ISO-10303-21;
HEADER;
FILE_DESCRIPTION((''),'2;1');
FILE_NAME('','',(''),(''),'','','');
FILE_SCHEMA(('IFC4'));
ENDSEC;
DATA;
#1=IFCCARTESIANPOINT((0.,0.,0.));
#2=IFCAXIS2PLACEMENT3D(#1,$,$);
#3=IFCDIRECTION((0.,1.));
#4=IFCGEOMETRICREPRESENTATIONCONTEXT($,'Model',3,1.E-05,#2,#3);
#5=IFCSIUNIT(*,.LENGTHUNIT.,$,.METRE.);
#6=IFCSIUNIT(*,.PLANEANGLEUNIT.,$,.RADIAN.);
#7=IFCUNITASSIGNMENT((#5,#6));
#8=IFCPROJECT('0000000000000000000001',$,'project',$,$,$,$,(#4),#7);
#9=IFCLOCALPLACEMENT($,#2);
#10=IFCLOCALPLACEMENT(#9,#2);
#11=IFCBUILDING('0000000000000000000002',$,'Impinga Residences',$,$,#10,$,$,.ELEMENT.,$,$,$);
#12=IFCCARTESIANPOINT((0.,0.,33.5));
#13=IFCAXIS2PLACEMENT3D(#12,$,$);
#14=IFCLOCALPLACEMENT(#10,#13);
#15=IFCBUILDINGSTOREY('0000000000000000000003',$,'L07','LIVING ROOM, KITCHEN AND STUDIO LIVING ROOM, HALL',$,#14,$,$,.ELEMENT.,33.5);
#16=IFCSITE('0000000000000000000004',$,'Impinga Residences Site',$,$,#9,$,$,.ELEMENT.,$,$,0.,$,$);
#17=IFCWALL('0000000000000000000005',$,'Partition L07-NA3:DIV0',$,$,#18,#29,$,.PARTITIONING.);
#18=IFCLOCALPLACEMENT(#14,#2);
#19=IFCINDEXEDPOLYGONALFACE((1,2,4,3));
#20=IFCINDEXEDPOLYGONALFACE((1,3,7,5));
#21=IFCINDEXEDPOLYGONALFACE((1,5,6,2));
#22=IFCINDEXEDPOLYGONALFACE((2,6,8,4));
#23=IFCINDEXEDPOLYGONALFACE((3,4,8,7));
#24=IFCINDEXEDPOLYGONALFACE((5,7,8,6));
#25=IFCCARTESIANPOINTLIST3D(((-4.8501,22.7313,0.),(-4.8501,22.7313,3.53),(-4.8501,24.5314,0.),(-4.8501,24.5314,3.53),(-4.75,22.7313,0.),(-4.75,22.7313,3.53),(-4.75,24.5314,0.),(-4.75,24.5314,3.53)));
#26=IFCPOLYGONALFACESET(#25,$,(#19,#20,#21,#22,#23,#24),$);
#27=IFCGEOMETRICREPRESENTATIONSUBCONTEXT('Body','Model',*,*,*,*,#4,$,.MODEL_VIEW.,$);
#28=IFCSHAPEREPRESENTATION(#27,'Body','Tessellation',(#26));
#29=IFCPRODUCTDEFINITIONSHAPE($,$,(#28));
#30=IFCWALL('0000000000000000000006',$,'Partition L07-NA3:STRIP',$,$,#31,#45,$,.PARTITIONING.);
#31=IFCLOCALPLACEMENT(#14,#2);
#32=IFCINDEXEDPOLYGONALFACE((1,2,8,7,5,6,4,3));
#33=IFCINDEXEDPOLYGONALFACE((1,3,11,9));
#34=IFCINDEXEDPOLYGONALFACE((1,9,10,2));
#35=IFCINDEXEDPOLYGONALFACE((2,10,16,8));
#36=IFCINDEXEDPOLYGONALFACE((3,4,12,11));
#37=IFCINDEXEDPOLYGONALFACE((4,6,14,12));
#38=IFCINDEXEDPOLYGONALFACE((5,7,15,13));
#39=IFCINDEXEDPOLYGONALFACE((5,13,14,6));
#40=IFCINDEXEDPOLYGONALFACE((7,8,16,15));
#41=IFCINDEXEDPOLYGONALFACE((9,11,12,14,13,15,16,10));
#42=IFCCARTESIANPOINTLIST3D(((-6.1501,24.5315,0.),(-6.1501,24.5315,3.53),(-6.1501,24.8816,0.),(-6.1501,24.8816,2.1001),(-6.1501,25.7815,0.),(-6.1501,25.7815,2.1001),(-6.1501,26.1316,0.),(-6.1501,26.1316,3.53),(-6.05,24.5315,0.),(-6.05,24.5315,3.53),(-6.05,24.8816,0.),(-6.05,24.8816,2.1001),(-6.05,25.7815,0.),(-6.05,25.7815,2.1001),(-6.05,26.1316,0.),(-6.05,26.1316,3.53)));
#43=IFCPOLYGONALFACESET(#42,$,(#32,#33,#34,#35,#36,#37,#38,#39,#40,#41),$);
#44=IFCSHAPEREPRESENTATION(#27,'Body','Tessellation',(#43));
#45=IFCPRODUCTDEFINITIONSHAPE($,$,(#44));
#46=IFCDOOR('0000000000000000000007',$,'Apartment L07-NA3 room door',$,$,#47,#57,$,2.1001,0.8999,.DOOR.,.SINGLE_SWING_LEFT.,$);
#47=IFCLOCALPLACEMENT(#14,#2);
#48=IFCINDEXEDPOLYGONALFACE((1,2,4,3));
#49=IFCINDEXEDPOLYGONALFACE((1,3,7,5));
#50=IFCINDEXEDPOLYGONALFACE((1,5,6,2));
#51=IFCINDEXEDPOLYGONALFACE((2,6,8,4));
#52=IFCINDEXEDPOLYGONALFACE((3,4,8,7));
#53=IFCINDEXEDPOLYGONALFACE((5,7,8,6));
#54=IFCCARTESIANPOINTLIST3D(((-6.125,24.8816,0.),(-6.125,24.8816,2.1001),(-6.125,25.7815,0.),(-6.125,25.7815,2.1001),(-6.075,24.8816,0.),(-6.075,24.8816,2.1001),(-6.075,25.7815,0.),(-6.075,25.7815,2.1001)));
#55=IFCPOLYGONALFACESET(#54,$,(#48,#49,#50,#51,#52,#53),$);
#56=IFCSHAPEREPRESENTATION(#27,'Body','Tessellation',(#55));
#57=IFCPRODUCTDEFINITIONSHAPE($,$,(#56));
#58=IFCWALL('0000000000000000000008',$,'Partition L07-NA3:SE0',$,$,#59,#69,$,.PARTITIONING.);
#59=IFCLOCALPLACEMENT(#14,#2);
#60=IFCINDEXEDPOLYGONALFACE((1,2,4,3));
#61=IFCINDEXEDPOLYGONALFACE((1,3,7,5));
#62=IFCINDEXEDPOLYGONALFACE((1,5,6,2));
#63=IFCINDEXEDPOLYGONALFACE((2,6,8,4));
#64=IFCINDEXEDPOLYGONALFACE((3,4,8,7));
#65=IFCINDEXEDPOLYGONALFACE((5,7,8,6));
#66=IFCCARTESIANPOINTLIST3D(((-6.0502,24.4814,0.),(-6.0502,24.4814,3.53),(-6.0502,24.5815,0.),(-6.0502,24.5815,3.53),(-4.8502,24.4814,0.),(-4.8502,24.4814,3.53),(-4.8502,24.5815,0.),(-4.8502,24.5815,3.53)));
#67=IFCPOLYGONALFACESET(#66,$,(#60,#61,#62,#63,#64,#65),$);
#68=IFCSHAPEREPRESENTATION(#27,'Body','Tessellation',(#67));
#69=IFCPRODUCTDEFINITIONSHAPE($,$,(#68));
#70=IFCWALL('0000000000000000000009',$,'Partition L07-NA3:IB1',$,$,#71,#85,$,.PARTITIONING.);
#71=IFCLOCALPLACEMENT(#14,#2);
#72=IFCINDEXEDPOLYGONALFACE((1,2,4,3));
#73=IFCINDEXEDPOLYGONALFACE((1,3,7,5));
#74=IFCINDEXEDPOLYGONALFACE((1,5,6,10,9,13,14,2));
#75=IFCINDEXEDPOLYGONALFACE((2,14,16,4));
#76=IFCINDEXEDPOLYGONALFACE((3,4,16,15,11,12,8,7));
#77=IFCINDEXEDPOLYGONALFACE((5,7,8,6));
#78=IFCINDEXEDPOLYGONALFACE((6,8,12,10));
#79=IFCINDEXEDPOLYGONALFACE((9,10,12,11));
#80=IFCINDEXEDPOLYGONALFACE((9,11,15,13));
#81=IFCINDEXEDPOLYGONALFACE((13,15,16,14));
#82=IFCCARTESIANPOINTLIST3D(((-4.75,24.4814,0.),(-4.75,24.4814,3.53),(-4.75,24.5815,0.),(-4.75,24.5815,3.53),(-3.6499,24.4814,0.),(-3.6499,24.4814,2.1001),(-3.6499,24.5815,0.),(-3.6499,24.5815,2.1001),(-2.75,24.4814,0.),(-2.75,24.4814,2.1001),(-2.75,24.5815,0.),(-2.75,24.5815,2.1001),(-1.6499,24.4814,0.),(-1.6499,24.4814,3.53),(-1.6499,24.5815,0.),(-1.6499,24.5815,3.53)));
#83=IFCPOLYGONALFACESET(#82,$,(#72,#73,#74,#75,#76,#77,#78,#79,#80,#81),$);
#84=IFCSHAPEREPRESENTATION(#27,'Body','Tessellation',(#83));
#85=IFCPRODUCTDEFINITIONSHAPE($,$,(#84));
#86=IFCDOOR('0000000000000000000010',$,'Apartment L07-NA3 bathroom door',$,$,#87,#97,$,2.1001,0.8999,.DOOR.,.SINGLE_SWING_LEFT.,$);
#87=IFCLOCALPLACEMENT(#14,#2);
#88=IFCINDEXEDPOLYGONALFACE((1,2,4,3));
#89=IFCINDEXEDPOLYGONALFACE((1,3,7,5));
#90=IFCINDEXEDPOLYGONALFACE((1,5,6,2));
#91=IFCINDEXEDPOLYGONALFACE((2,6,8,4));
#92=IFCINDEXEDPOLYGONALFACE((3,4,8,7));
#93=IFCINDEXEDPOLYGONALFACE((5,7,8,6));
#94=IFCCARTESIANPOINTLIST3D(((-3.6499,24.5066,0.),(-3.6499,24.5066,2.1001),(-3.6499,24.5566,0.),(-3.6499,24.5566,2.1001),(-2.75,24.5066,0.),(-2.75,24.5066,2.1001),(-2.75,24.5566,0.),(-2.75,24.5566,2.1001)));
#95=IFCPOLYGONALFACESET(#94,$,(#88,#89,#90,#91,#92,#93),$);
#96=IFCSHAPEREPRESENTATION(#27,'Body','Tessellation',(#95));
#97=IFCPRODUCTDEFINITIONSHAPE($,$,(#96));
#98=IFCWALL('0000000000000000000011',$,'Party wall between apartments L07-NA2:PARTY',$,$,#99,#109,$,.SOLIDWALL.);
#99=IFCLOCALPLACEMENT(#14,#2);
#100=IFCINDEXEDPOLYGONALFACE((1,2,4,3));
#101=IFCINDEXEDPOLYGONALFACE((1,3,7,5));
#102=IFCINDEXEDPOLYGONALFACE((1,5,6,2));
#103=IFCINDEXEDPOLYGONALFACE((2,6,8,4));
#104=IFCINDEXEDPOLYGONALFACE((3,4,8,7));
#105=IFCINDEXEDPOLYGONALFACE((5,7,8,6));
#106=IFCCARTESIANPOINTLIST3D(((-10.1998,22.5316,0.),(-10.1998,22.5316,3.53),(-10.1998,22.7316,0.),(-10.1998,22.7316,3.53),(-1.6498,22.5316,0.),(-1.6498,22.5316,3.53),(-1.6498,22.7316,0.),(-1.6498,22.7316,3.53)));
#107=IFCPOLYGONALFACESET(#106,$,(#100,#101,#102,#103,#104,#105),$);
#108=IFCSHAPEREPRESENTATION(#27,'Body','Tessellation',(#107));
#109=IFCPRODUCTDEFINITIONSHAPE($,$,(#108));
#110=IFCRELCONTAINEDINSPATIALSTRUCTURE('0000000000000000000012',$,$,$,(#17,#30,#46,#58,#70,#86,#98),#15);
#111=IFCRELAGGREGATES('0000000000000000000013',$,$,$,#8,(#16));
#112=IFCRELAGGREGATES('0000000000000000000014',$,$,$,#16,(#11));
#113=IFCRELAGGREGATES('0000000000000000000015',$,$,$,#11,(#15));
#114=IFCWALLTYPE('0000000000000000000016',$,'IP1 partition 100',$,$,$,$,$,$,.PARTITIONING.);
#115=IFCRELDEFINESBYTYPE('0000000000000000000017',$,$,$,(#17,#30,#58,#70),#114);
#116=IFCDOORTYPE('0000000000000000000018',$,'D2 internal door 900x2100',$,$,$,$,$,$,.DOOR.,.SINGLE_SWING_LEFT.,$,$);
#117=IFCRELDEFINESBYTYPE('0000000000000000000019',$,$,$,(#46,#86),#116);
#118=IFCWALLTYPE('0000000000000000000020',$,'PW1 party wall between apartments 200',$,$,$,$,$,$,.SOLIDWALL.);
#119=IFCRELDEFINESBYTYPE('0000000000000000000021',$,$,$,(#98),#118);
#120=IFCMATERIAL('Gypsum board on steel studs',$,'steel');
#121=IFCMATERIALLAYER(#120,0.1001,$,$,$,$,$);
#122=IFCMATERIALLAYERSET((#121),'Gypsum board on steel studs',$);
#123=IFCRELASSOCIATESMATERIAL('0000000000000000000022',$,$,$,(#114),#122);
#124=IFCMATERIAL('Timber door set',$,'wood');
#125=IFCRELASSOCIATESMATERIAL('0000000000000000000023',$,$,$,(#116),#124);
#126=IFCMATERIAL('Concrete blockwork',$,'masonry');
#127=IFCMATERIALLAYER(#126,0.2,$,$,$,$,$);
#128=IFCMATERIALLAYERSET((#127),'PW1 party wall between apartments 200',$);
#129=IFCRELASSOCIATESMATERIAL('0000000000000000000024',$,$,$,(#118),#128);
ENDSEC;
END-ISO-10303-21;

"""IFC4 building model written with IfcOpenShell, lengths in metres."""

from ifc_helpers import new_model, si_unit, direction, frame, frame_2d, origin, place, context, subcontext, project, spatial, rectangle, extrude, material, layer, layer_set, type_object, element, fill, save


model = new_model("IFC4")

# Units and contexts
model_context = context("Model", 3, precision=1e-05, world=origin(), true_north=direction((0.0, 1.0)))
body_context = subcontext(model_context, "Body", "Model", "MODEL_VIEW")
ifc_project = project(units=[si_unit("LENGTHUNIT", "METRE"), si_unit("PLANEANGLEUNIT", "RADIAN")], contexts=[model_context])

# Site, building, storey
site_placement = place(None, origin())
site = spatial("IfcSite", under=ifc_project, at=site_placement, Name="Impinga Residences Site", CompositionType="ELEMENT", RefElevation=0.0)
building_placement = place(site_placement, origin())
building = spatial("IfcBuilding", under=site, at=building_placement, Name="Impinga Residences", CompositionType="ELEMENT")
storey_placement = place(building_placement, frame((0.0, 0.0, 33.5)))
storey = spatial("IfcBuildingStorey", under=building, at=storey_placement, Name="L07", Description="LIVING ROOM, KITCHEN AND STUDIO LIVING ROOM, HALL", CompositionType="ELEMENT", Elevation=33.5)

# Shared definitions
ifc_material_1 = material(Name="Gypsum board on steel studs", Category="steel")
ifc_layer_1 = layer(ifc_material_1, 0.1001)
ifc_layer_set_1 = layer_set([ifc_layer_1], Name="Gypsum board on steel studs")
wall_type_1 = type_object("IfcWallType", Name="IP1 partition 100", PredefinedType="PARTITIONING", material=ifc_layer_set_1)

# Shared definitions
ifc_material_2 = material(Name="Timber door set", Category="wood")
door_type = type_object("IfcDoorType", Name="D2 internal door 900x2100", OperationType="SINGLE_SWING_LEFT", PredefinedType="DOOR", material=ifc_material_2)

# Wall
wall_1_placement = place(storey_placement, frame((-4.8, 22.7314, 0.0), z_axis=(0.0, 0.0, 1.0), x_axis=(0.0, 1.0, 0.0)))
element("IfcWall", 1, at=wall_1_placement, inside=storey, type_object=wall_type_1, Name="Partition L07-NA3:DIV0", PredefinedType="PARTITIONING", context=body_context, shape_type="SweptSolid", body=[
    extrude(rectangle(XDim=1.8, YDim=0.1001, at=frame_2d((0.8999, 0.0))), origin(), (0.0, 0.0, 1.0), 3.53),
])

# Wall, opening, door
wall_2_placement = place(storey_placement, frame((-6.1001, 24.5315, 0.0), z_axis=(0.0, 0.0, 1.0), x_axis=(0.0, 1.0, 0.0)))
wall_2 = element("IfcWall", 2, at=wall_2_placement, inside=storey, type_object=wall_type_1, Name="Partition L07-NA3:STRIP", PredefinedType="PARTITIONING", context=body_context, shape_type="SweptSolid", body=[
    extrude(rectangle(XDim=1.6001, YDim=0.1001, at=frame_2d((0.8, 0.0))), origin(), (0.0, 0.0, 1.0), 3.53),
])
opening_1_placement = place(wall_2_placement, frame((0.3501, 0.0, 0.0)))
opening_1 = element("IfcOpeningElement", 3, at=opening_1_placement, cuts=wall_2, PredefinedType="OPENING", context=body_context, shape_type="SweptSolid", body=[
    extrude(rectangle(XDim=0.8999, YDim=2.1001, at=frame_2d((0.45, 1.05))), frame((0.0, 0.0601, 0.0), z_axis=(0.0, -1.0, 0.0), x_axis=(1.0, 0.0, 0.0)), (0.0, 0.0, 1.0), 0.1201),
])
door_1_placement = place(opening_1_placement, origin())
door_1 = element("IfcDoor", 4, at=door_1_placement, inside=storey, type_object=door_type, Name="Apartment L07-NA3 room door", OperationType="SINGLE_SWING_LEFT", OverallHeight=2.1001, OverallWidth=0.8999, PredefinedType="DOOR", context=body_context, shape_type="SweptSolid", body=[
    extrude(rectangle(XDim=0.8999, YDim=2.1001, at=frame_2d((0.45, 1.05))), frame((0.0, 0.0249, 0.0), z_axis=(0.0, -1.0, 0.0), x_axis=(1.0, 0.0, 0.0)), (0.0, 0.0, 1.0), 0.05),
])
fill(opening_1, door_1)

# Wall
wall_3_placement = place(storey_placement, frame((-4.8501, 24.5315, 0.0), z_axis=(0.0, 0.0, 1.0), x_axis=(-1.0, 0.0, 0.0)))
element("IfcWall", 5, at=wall_3_placement, inside=storey, type_object=wall_type_1, Name="Partition L07-NA3:SE0", PredefinedType="PARTITIONING", context=body_context, shape_type="SweptSolid", body=[
    extrude(rectangle(XDim=1.2, YDim=0.1001, at=frame_2d((0.6001, 0.0))), origin(), (0.0, 0.0, 1.0), 3.53),
])

# Wall, opening, door
wall_4_placement = place(storey_placement, frame((-1.6499, 24.5315, 0.0), z_axis=(0.0, 0.0, 1.0), x_axis=(-1.0, 0.0, 0.0)))
wall_4 = element("IfcWall", 6, at=wall_4_placement, inside=storey, type_object=wall_type_1, Name="Partition L07-NA3:IB1", PredefinedType="PARTITIONING", context=body_context, shape_type="SweptSolid", body=[
    extrude(rectangle(XDim=3.1001, YDim=0.1001, at=frame_2d((1.55, 0.0))), origin(), (0.0, 0.0, 1.0), 3.53),
])
opening_2_placement = place(wall_4_placement, frame((1.1001, 0.0, 0.0)))
opening_2 = element("IfcOpeningElement", 7, at=opening_2_placement, cuts=wall_4, PredefinedType="OPENING", context=body_context, shape_type="SweptSolid", body=[
    extrude(rectangle(XDim=0.8999, YDim=2.1001, at=frame_2d((0.45, 1.05))), frame((0.0, 0.0601, 0.0), z_axis=(0.0, -1.0, 0.0), x_axis=(1.0, 0.0, 0.0)), (0.0, 0.0, 1.0), 0.1201),
])
door_2_placement = place(opening_2_placement, origin())
door_2 = element("IfcDoor", 8, at=door_2_placement, inside=storey, type_object=door_type, Name="Apartment L07-NA3 bathroom door", OperationType="SINGLE_SWING_LEFT", OverallHeight=2.1001, OverallWidth=0.8999, PredefinedType="DOOR", context=body_context, shape_type="SweptSolid", body=[
    extrude(rectangle(XDim=0.8999, YDim=2.1001, at=frame_2d((0.45, 1.05))), frame((0.0, 0.0249, 0.0), z_axis=(0.0, -1.0, 0.0), x_axis=(1.0, 0.0, 0.0)), (0.0, 0.0, 1.0), 0.05),
])
fill(opening_2, door_2)

# Wall
ifc_material_3 = material(Name="Concrete blockwork", Category="masonry")
ifc_layer_2 = layer(ifc_material_3, 0.2)
ifc_layer_set_2 = layer_set([ifc_layer_2], Name="PW1 party wall between apartments 200")
wall_type_2 = type_object("IfcWallType", Name="PW1 party wall between apartments 200", PredefinedType="SOLIDWALL", material=ifc_layer_set_2)
wall_5_placement = place(storey_placement, frame((-1.6499, 22.6316, 0.0), z_axis=(0.0, 0.0, 1.0), x_axis=(-1.0, 0.0, 0.0)))
element("IfcWall", 9, at=wall_5_placement, inside=storey, type_object=wall_type_2, Name="Party wall between apartments L07-NA2:PARTY", PredefinedType="SOLIDWALL", context=body_context, shape_type="SweptSolid", body=[
    extrude(rectangle(XDim=8.55, YDim=0.2, at=frame_2d((4.2749, 0.0))), origin(), (0.0, 0.0, 1.0), 3.53),
])

save(model, "model.ifc")
